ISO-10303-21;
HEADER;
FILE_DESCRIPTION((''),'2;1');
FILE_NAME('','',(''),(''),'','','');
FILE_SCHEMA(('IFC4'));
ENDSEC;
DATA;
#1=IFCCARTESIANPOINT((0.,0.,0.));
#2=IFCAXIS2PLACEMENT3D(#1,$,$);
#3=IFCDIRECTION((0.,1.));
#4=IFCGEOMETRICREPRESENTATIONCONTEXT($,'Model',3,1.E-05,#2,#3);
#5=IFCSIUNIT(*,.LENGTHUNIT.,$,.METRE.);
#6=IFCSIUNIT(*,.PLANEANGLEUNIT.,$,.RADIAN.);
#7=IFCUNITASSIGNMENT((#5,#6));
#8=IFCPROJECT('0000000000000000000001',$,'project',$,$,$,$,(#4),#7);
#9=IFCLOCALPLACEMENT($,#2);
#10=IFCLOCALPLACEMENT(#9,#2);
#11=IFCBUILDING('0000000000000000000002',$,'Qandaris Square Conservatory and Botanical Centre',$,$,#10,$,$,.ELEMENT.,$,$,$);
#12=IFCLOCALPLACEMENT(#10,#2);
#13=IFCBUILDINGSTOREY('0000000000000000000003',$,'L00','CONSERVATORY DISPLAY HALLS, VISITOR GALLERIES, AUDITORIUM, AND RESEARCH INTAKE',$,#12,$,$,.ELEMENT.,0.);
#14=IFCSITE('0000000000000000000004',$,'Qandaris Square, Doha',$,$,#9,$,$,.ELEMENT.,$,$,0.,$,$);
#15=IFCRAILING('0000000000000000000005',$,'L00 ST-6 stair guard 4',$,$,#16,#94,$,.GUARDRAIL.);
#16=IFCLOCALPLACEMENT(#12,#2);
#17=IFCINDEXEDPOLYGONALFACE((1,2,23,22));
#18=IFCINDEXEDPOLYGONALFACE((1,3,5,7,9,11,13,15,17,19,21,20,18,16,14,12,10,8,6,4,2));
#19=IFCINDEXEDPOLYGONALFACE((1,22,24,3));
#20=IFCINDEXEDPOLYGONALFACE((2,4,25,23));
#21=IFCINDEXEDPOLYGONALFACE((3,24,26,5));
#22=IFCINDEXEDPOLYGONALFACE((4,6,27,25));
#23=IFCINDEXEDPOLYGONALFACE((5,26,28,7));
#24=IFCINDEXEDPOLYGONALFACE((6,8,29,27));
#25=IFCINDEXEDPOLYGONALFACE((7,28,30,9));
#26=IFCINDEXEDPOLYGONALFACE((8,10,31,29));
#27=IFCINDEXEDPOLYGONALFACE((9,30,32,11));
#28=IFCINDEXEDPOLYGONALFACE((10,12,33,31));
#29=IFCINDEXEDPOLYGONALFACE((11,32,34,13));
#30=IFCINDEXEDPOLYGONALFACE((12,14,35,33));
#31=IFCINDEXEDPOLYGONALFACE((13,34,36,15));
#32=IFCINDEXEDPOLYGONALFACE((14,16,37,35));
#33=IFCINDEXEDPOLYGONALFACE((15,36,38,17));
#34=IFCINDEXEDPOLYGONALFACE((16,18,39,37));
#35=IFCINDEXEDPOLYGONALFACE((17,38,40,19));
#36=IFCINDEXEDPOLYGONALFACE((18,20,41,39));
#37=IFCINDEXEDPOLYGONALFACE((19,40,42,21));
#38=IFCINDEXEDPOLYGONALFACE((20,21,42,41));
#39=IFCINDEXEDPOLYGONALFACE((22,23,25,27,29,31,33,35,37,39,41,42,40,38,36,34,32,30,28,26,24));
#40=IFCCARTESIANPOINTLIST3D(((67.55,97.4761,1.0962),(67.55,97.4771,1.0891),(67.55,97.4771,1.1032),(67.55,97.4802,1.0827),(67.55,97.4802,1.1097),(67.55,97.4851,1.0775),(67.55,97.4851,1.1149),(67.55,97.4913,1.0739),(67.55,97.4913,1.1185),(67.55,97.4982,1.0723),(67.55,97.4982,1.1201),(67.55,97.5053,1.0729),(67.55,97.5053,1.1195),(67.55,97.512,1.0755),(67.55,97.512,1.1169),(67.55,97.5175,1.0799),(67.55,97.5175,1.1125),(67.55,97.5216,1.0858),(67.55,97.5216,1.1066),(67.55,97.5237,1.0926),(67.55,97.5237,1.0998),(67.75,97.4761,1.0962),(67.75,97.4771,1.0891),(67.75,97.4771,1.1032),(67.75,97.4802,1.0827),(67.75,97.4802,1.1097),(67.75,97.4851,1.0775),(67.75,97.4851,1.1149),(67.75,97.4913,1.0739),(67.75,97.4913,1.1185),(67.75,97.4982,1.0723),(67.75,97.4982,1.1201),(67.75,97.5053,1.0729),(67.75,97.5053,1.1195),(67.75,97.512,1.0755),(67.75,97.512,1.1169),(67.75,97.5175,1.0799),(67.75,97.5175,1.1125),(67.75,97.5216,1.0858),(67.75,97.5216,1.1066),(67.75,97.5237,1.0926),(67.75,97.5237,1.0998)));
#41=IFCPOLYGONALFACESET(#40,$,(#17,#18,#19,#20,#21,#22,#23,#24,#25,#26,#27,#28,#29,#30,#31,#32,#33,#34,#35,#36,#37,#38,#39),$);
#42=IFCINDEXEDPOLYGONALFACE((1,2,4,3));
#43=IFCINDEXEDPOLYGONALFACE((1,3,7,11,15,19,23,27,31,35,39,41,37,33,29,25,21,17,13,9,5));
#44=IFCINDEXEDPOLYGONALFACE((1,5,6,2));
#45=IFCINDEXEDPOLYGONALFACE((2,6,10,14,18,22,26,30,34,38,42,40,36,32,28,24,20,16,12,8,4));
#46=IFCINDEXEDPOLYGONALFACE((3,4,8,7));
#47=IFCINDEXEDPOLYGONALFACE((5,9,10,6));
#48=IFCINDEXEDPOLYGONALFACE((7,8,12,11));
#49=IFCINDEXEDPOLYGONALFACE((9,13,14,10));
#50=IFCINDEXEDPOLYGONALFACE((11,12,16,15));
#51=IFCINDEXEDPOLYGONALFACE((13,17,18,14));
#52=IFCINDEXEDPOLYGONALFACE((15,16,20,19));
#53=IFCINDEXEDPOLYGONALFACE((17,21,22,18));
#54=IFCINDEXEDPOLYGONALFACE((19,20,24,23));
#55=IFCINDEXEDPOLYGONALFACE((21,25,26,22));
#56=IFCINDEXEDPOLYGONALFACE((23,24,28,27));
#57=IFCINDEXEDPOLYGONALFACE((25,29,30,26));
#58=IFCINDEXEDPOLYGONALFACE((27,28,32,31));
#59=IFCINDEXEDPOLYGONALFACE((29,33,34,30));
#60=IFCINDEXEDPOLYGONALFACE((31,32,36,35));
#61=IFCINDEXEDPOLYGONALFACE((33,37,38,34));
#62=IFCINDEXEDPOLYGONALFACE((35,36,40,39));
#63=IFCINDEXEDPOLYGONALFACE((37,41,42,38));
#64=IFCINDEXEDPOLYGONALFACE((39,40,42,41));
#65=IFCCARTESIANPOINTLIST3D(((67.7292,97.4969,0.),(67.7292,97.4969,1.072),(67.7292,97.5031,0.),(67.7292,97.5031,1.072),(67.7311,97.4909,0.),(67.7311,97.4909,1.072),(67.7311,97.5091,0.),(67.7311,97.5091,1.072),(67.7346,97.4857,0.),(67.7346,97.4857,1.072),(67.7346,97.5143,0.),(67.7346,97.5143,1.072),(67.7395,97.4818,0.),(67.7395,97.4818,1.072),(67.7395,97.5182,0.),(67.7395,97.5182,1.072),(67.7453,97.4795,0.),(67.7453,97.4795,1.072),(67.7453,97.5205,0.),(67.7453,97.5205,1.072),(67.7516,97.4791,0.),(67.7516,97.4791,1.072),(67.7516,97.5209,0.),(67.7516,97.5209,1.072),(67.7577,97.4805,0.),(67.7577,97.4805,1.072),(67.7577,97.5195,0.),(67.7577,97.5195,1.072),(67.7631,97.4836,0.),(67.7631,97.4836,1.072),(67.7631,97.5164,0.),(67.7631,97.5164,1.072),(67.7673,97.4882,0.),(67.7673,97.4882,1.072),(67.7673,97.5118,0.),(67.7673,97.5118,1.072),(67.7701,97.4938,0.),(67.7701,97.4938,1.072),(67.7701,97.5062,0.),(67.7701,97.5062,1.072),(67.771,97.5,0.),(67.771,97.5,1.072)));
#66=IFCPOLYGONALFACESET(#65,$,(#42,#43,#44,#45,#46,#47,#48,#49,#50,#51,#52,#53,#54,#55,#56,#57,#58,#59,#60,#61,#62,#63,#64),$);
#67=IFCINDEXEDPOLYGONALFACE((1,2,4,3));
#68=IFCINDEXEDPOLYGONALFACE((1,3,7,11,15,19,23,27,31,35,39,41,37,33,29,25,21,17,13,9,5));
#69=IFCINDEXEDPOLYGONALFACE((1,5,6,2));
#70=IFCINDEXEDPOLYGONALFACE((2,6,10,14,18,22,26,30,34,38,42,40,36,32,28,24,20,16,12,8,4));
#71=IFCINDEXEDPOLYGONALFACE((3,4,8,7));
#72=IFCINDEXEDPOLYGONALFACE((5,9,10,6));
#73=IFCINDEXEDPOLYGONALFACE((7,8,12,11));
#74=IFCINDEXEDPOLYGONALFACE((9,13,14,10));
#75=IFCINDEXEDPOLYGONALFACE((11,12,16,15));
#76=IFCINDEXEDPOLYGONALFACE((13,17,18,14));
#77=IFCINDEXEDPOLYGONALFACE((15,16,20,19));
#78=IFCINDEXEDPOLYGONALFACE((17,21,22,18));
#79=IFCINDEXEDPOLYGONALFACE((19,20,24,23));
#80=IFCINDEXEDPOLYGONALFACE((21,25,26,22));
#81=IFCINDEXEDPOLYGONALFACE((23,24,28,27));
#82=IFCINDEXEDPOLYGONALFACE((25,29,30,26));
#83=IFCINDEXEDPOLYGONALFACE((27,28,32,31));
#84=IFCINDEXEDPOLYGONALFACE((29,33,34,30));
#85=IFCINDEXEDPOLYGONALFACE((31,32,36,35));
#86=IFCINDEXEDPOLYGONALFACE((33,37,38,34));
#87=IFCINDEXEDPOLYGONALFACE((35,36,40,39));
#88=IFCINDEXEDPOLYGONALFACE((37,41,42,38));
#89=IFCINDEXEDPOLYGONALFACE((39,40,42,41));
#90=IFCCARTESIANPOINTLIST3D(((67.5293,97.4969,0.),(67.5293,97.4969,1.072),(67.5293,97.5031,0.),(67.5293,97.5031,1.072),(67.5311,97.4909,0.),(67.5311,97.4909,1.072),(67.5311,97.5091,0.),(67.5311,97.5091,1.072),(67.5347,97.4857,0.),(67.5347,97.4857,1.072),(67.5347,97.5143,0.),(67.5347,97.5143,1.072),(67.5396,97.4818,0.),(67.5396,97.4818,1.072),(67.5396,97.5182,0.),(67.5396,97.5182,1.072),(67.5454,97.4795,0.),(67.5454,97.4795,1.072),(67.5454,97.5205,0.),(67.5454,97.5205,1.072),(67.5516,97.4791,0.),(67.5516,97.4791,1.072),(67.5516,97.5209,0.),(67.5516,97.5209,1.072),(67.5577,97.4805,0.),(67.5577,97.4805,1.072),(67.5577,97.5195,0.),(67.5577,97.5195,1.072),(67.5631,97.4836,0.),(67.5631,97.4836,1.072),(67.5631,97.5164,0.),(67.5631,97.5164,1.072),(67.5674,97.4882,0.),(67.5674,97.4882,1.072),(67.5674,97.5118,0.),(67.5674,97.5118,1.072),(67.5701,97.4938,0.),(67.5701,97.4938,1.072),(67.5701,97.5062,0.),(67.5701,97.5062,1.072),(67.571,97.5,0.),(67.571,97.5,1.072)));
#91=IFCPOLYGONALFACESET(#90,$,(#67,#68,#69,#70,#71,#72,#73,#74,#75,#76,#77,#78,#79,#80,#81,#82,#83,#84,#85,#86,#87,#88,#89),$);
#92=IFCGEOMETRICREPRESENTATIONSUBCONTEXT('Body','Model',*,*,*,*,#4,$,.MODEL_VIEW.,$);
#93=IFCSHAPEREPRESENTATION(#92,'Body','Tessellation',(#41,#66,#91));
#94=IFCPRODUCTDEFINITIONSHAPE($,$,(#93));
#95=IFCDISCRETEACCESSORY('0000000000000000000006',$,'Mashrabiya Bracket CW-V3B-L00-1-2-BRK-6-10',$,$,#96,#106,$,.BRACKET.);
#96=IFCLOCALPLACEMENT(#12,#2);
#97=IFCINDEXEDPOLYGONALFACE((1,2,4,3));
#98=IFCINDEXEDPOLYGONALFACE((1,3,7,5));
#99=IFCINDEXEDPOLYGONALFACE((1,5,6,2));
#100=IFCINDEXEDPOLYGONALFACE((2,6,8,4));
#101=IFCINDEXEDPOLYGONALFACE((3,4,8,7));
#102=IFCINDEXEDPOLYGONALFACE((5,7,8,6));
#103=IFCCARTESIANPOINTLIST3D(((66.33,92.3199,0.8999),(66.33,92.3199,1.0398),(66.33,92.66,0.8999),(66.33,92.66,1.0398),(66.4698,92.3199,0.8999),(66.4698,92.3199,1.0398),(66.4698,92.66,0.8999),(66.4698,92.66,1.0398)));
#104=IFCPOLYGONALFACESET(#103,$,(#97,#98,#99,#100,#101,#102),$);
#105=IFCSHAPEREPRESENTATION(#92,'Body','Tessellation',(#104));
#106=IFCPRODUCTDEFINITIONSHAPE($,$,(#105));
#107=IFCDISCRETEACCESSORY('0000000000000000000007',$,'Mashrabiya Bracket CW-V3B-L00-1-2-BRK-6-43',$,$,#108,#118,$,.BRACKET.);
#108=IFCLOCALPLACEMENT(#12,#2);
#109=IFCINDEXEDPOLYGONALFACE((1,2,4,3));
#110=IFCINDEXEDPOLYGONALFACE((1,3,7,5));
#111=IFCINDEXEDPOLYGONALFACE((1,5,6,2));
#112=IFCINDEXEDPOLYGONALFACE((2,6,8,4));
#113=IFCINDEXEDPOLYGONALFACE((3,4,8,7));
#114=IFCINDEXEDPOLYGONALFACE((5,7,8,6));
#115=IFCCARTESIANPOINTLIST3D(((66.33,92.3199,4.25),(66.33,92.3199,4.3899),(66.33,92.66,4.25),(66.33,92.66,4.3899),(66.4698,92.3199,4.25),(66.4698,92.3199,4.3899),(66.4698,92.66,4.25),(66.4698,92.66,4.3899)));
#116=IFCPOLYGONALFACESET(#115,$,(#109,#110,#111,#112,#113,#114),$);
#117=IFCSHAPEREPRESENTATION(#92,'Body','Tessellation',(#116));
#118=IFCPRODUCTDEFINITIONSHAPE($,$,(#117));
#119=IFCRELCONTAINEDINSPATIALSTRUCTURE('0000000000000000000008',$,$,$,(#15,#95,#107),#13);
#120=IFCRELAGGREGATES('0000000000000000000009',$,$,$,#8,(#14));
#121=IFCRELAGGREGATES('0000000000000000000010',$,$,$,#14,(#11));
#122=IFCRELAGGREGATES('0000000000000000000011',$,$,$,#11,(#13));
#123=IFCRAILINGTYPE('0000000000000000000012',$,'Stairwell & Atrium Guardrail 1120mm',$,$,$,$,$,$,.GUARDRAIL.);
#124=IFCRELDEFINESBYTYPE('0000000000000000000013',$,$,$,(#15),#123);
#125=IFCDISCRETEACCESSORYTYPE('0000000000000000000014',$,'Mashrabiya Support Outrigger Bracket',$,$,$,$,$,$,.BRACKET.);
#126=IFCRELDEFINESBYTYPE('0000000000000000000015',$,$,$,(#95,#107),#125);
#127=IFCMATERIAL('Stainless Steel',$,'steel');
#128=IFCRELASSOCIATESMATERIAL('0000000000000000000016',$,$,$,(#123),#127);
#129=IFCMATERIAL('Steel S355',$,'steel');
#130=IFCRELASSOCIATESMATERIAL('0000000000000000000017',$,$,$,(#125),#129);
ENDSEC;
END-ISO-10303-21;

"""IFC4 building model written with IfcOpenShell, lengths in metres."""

from ifc_helpers import new_model, si_unit, direction, frame, origin, origin_2d, place, context, subcontext, project, spatial, rectangle, circle, extrude, material, type_object, element, save


model = new_model("IFC4")

# Units and contexts
model_context = context("Model", 3, precision=1e-05, world=origin(), true_north=direction((0.0, 1.0)))
body_context = subcontext(model_context, "Body", "Model", "MODEL_VIEW")
ifc_project = project(units=[si_unit("LENGTHUNIT", "METRE"), si_unit("PLANEANGLEUNIT", "RADIAN")], contexts=[model_context])

# Site, building, storey
site_placement = place(None, origin())
site = spatial("IfcSite", under=ifc_project, at=site_placement, Name="Qandaris Square, Doha", CompositionType="ELEMENT", RefElevation=0.0)
building_placement = place(site_placement, origin())
building = spatial("IfcBuilding", under=site, at=building_placement, Name="Qandaris Square Conservatory and Botanical Centre", CompositionType="ELEMENT")
storey_placement = place(building_placement, origin())
storey = spatial("IfcBuildingStorey", under=building, at=storey_placement, Name="L00", Description="CONSERVATORY DISPLAY HALLS, VISITOR GALLERIES, AUDITORIUM, AND RESEARCH INTAKE", CompositionType="ELEMENT", Elevation=0.0)

# Shared definitions
ifc_material_1 = material(Name="Steel S355", Category="steel")

# Railing
ifc_material_2 = material(Name="Stainless Steel", Category="steel")
railing_type_1 = type_object("IfcRailingType", Name="Stairwell & Atrium Guardrail 1120mm", PredefinedType="GUARDRAIL", material=ifc_material_2)
railing_1_placement = place(storey_placement, frame((67.75, 97.5, 0.0)))
element("IfcRailing", 1, at=railing_1_placement, inside=storey, type_object=railing_type_1, Name="L00 ST-6 stair guard 4", PredefinedType="GUARDRAIL", context=body_context, shape_type="SweptSolid", body=[
    extrude(circle(Radius=0.0239, at=origin_2d()), frame((0.0, 0.0, 1.0962), z_axis=(-1.0, 0.0, 0.0), x_axis=(0.0, -1.0, 0.0)), (0.0, 0.0, 1.0), 0.2),
    extrude(circle(Radius=0.021, at=origin_2d()), origin(), (0.0, 0.0, 1.0), 1.072),
    extrude(circle(Radius=0.021, at=origin_2d()), frame((-0.2, 0.0, 0.0)), (0.0, 0.0, 1.0), 1.072),
])

# Discrete accessories
discrete_accessory_type = type_object("IfcDiscreteAccessoryType", Name="Mashrabiya Support Outrigger Bracket", PredefinedType="BRACKET", material=ifc_material_1)
for number, where, z_axis, x_axis, name in (
    (2, (66.3999, 92.49, 0.8999), (0.0, 0.0, 1.0), (1.0, 0.0, 0.0), "Mashrabiya Bracket CW-V3B-L00-1-2-BRK-6-10"),
    (3, (66.3999, 92.49, 4.25), (0.0, 0.0, 1.0), (1.0, 0.0, 0.0), "Mashrabiya Bracket CW-V3B-L00-1-2-BRK-6-43"),
):
    element("IfcDiscreteAccessory", number, at=place(storey_placement, frame(where, z_axis=z_axis, x_axis=x_axis)), inside=storey, type_object=discrete_accessory_type, Name=name, PredefinedType="BRACKET", context=body_context, shape_type="SweptSolid", body=[
        extrude(rectangle(XDim=0.1399, YDim=0.3401, at=origin_2d()), origin(), (0.0, 0.0, 1.0), 0.1399),
    ])

save(model, "model.ifc")
